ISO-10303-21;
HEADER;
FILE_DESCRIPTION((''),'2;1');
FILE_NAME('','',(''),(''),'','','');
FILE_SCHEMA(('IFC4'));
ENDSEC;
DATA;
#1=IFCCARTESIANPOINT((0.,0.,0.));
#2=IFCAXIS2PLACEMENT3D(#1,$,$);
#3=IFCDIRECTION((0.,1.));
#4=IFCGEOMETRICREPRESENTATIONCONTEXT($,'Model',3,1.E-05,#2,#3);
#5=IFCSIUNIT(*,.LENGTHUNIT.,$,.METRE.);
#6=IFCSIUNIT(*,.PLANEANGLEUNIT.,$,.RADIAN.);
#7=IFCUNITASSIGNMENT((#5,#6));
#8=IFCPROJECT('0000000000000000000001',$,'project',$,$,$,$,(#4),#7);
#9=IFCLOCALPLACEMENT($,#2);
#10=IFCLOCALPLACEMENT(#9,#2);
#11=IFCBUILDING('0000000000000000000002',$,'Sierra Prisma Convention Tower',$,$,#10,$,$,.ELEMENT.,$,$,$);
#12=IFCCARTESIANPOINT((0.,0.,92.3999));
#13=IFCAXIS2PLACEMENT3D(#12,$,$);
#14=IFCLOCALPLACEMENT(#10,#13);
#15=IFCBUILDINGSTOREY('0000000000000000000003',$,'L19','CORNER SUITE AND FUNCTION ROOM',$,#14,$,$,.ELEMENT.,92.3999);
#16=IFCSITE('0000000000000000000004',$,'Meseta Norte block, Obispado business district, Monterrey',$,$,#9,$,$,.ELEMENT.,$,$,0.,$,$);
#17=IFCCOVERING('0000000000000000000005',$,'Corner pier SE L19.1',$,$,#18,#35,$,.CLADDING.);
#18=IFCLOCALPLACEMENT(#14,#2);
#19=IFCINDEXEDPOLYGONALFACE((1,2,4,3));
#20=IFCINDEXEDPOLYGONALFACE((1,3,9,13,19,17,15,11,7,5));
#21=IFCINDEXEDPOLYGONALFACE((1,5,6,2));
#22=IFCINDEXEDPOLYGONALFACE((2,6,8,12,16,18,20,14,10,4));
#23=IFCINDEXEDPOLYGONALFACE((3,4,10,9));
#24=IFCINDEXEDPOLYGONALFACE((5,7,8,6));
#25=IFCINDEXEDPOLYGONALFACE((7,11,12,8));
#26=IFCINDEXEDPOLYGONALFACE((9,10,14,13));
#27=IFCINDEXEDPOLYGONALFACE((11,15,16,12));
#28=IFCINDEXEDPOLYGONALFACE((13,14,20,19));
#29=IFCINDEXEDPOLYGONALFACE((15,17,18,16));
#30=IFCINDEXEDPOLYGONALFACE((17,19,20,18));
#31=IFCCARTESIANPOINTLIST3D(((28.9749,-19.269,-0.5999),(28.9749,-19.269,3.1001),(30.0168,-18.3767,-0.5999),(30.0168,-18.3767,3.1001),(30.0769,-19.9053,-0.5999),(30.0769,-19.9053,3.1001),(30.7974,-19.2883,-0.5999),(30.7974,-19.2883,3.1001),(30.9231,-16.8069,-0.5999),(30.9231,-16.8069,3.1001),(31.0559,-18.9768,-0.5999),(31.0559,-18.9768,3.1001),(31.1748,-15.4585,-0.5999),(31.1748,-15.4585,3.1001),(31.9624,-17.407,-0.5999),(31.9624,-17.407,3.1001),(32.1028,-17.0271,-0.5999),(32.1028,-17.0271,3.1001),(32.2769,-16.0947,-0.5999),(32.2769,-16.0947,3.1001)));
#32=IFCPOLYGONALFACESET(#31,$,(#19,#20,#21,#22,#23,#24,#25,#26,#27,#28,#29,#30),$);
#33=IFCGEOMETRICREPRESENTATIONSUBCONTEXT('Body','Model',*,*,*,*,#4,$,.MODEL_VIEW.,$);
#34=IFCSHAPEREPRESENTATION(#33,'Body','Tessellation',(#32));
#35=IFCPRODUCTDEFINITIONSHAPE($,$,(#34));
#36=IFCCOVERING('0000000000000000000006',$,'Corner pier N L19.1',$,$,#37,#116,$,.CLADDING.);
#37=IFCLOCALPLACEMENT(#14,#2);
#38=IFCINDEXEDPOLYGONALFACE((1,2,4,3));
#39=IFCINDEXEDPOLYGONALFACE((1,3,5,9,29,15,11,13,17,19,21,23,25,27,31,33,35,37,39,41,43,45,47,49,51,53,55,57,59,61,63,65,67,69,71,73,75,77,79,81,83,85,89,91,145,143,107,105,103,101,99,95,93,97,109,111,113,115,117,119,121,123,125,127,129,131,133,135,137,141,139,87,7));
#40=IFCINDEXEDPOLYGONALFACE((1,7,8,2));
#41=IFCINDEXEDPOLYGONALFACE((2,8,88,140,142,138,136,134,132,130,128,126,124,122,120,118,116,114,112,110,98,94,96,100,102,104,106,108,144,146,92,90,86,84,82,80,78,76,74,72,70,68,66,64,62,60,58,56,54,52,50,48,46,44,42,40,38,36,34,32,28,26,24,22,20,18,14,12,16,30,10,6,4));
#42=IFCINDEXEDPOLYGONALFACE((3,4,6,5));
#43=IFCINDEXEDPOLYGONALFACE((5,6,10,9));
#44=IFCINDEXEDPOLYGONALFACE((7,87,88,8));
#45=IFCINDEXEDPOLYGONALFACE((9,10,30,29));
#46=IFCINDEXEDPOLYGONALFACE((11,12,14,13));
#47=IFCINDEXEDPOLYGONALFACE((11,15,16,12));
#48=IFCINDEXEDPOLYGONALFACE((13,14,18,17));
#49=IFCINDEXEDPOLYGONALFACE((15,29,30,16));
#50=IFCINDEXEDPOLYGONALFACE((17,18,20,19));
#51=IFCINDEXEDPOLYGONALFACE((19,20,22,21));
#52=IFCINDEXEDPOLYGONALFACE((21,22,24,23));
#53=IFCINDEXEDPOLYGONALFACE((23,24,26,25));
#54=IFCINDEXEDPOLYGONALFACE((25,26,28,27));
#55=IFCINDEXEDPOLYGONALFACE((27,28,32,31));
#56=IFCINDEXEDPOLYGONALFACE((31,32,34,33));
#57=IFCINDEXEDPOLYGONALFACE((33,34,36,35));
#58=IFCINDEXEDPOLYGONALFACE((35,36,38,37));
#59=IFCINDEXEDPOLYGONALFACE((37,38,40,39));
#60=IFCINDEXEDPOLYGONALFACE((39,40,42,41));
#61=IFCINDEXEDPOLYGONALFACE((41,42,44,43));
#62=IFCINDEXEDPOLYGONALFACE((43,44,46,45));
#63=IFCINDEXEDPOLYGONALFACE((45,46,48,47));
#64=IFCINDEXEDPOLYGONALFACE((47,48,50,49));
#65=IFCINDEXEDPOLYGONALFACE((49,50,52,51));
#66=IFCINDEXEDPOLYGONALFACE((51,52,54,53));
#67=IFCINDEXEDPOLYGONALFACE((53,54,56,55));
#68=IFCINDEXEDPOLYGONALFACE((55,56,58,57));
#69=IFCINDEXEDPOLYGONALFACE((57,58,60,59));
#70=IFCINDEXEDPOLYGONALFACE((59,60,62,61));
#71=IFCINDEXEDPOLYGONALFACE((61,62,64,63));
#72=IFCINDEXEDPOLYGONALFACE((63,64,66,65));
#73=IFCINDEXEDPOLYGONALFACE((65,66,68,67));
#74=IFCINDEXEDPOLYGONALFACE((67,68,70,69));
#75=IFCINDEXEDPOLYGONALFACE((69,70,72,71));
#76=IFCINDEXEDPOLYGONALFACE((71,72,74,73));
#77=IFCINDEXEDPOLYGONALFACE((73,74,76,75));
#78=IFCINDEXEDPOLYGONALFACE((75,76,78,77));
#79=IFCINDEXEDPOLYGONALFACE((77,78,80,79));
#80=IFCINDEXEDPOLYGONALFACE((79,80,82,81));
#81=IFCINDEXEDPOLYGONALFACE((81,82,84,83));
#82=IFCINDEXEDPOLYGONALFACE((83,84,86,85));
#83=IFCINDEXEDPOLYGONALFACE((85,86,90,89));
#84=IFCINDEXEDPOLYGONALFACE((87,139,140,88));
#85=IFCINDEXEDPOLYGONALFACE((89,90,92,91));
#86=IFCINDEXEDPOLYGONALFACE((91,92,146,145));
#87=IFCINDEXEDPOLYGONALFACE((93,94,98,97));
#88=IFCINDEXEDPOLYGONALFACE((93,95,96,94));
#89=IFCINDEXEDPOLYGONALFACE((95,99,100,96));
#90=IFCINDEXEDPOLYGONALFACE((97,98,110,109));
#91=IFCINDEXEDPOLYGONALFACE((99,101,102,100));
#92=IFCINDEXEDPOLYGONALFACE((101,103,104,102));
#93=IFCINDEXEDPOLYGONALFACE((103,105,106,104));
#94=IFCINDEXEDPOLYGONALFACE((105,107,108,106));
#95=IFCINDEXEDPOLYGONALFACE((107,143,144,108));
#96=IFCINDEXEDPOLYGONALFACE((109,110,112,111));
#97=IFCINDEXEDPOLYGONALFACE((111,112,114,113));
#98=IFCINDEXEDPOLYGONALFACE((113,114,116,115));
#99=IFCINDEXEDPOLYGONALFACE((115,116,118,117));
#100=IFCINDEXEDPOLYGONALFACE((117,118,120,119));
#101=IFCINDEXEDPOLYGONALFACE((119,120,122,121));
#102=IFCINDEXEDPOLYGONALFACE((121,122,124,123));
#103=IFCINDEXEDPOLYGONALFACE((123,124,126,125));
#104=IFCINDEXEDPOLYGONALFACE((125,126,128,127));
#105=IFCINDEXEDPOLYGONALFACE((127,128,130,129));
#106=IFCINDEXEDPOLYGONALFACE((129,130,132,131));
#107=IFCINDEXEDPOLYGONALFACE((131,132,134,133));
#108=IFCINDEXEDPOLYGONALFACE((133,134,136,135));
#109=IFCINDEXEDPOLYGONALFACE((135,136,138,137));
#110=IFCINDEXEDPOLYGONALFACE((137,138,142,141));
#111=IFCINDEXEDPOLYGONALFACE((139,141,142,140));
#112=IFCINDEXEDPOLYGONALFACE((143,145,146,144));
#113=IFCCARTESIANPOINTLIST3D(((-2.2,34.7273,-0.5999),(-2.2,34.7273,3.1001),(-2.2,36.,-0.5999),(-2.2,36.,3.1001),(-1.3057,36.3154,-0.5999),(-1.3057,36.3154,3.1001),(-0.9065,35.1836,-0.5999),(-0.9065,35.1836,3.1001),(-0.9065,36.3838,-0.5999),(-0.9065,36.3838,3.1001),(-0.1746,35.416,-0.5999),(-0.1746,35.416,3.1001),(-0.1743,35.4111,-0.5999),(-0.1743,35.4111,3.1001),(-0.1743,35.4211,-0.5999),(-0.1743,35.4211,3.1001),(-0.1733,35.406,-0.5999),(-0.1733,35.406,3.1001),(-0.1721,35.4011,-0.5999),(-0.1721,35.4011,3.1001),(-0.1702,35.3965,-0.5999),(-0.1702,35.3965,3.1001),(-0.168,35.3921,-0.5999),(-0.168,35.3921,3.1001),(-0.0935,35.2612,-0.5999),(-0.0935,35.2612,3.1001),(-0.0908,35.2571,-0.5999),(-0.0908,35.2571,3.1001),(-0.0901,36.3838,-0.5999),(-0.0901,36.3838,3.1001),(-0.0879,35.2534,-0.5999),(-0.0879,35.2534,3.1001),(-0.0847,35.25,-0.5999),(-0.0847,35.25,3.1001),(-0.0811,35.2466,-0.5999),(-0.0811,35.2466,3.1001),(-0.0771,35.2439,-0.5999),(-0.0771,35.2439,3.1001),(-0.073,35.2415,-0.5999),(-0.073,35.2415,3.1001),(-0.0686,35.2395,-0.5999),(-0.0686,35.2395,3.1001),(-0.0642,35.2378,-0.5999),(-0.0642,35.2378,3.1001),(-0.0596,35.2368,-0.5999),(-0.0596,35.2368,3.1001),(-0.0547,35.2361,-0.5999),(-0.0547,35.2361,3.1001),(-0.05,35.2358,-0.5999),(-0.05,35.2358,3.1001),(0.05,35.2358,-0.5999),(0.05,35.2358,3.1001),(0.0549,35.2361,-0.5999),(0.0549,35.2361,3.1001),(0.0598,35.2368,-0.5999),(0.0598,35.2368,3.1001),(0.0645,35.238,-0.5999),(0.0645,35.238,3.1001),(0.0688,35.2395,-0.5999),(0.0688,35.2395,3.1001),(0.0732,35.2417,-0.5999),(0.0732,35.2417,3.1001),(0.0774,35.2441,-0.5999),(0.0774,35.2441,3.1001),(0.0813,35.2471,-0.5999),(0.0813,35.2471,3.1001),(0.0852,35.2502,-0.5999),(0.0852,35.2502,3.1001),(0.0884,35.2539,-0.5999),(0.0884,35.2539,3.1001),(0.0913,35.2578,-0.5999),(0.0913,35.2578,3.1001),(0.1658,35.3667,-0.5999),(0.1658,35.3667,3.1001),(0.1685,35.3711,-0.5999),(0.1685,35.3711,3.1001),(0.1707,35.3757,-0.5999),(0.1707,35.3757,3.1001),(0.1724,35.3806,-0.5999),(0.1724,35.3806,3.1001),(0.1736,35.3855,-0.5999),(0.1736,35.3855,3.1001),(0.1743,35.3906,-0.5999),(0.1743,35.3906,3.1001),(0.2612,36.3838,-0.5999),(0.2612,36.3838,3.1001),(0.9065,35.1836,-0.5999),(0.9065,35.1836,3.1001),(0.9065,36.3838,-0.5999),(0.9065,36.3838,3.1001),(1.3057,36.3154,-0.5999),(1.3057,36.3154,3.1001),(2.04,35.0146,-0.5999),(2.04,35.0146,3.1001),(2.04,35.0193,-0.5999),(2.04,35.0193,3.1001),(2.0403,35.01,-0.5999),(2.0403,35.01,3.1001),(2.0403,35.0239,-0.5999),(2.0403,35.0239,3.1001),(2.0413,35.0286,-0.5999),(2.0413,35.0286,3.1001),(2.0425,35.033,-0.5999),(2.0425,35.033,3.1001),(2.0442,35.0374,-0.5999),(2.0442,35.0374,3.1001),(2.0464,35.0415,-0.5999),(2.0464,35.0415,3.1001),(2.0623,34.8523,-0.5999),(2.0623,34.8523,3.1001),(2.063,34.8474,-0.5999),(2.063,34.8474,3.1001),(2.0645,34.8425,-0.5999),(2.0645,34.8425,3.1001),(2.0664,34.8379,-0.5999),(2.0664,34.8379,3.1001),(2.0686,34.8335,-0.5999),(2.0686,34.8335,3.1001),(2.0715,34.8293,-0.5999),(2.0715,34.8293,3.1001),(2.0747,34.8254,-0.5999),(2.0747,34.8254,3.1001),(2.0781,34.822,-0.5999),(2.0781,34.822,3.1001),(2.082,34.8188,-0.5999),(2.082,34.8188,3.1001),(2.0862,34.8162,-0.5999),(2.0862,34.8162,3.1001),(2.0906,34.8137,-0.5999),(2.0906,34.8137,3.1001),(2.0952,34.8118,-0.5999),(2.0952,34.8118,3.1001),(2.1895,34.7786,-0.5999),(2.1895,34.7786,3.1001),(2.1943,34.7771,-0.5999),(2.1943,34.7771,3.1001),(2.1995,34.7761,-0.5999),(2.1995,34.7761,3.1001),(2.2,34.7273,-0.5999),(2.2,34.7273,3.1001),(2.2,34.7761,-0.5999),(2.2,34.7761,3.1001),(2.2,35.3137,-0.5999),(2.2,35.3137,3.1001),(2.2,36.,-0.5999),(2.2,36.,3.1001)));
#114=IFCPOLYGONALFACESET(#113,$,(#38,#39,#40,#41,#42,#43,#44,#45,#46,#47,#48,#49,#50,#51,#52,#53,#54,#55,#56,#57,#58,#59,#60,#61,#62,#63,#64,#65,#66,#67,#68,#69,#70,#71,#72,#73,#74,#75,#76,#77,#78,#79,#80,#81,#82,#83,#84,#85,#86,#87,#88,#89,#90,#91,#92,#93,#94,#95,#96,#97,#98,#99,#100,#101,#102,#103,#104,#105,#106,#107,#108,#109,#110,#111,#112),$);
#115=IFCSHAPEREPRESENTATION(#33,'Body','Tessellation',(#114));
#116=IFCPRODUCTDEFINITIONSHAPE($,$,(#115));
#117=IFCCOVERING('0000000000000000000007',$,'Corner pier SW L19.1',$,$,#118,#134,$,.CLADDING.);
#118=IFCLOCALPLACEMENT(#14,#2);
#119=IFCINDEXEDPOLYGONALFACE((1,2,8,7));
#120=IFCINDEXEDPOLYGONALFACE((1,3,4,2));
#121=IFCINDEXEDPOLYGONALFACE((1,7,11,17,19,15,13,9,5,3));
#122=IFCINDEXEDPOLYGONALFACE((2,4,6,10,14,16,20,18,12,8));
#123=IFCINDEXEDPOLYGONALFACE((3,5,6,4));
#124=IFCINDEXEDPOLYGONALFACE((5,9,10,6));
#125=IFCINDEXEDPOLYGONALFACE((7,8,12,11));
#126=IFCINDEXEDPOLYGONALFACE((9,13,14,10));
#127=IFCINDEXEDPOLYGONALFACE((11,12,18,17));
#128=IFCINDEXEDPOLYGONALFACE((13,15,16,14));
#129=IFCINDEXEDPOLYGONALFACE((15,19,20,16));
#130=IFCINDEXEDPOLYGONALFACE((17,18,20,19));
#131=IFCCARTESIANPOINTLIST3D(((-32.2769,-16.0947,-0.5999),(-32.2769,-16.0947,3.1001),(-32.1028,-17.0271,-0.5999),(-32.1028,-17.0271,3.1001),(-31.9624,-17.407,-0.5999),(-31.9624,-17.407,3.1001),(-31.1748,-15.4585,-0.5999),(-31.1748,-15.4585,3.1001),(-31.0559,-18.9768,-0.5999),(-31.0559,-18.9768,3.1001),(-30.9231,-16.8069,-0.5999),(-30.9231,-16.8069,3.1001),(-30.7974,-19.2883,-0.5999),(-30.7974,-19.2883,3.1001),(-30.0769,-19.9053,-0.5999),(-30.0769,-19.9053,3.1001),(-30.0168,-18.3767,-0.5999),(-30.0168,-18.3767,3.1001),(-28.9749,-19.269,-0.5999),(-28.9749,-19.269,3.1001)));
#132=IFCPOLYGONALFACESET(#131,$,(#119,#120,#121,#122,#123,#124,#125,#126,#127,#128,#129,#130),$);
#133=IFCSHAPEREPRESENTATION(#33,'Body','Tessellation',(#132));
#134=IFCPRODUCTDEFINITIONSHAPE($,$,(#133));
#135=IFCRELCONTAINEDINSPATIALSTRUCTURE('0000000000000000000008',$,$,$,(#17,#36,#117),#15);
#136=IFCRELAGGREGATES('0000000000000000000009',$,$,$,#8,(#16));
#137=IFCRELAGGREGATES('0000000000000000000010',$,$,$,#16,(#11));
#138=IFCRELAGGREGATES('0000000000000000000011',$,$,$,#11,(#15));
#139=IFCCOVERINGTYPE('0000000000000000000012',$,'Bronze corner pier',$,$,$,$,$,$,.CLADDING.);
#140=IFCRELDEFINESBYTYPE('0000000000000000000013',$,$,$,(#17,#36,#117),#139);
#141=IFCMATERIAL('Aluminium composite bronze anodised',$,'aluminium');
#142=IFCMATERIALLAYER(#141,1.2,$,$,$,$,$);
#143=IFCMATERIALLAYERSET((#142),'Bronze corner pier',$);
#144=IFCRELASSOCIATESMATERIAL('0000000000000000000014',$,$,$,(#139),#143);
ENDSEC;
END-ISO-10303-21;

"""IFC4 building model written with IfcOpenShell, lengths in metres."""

from ifc_helpers import new_model, si_unit, direction, frame, origin, place, context, subcontext, project, spatial, polyline, outline, extrude, material, layer, layer_set, type_object, element, save


model = new_model("IFC4")

# Units and contexts
model_context = context("Model", 3, precision=1e-05, world=origin(), true_north=direction((0.0, 1.0)))
body_context = subcontext(model_context, "Body", "Model", "MODEL_VIEW")
ifc_project = project(units=[si_unit("LENGTHUNIT", "METRE"), si_unit("PLANEANGLEUNIT", "RADIAN")], contexts=[model_context])

# Site, building, storey
site_placement = place(None, origin())
site = spatial("IfcSite", under=ifc_project, at=site_placement, Name="Meseta Norte block, Obispado business district, Monterrey", CompositionType="ELEMENT", RefElevation=0.0)
building_placement = place(site_placement, origin())
building = spatial("IfcBuilding", under=site, at=building_placement, Name="Sierra Prisma Convention Tower", CompositionType="ELEMENT")
storey_placement = place(building_placement, frame((0.0, 0.0, 92.3999)))
storey = spatial("IfcBuildingStorey", under=building, at=storey_placement, Name="L19", Description="CORNER SUITE AND FUNCTION ROOM", CompositionType="ELEMENT", Elevation=92.3999)

# Coverings
ifc_material_1 = material(Name="Aluminium composite bronze anodised", Category="aluminium")
ifc_layer_1 = layer(ifc_material_1, 1.2)
ifc_layer_set_1 = layer_set([ifc_layer_1], Name="Bronze corner pier")
covering_type_1 = type_object("IfcCoveringType", Name="Bronze corner pier", PredefinedType="CLADDING", material=ifc_layer_set_1)
covering_1_placement = place(storey_placement, frame((0.0, 0.0, -0.5999)))
element("IfcCovering", 1, at=covering_1_placement, inside=storey, type_object=covering_type_1, Name="Corner pier SE L19.1", PredefinedType="CLADDING", context=body_context, shape_type="SweptSolid", body=[
    extrude(outline(polyline([(32.2769, -16.0947), (32.1028, -17.0271), (31.9624, -17.407), (31.0559, -18.9768), (30.7974, -19.2883), (30.0769, -19.9053), (28.9749, -19.269), (30.0168, -18.3767), (30.9231, -16.8069), (31.1748, -15.4585), (32.2769, -16.0947)])), origin(), (0.0, 0.0, 1.0), 3.7),
])
covering_2_placement = place(storey_placement, frame((0.0, 0.0, -0.5999)))
element("IfcCovering", 2, at=covering_2_placement, inside=storey, type_object=covering_type_1, Name="Corner pier N L19.1", PredefinedType="CLADDING", context=body_context, shape_type="SweptSolid", body=[
    extrude(outline(polyline([(2.0413, 35.0286), (2.0403, 35.0239), (2.04, 35.0193), (2.04, 35.0146), (2.0403, 35.01), (2.0623, 34.8523), (2.063, 34.8474), (2.0645, 34.8425), (2.0664, 34.8379), (2.0686, 34.8335), (2.0715, 34.8293), (2.0747, 34.8254), (2.0781, 34.822), (2.082, 34.8188), (2.0862, 34.8162), (2.0906, 34.8137), (2.0952, 34.8118), (2.1895, 34.7786), (2.1943, 34.7771), (2.1995, 34.7761), (2.2, 34.7761), (2.2, 34.7273), (0.9065, 35.1836), (-0.9065, 35.1836), (-2.2, 34.7273), (-2.2, 36.0), (-1.3057, 36.3154), (-0.9065, 36.3838), (-0.0901, 36.3838), (-0.1743, 35.4211), (-0.1746, 35.416), (-0.1743, 35.4111), (-0.1733, 35.406), (-0.1721, 35.4011), (-0.1702, 35.3965), (-0.168, 35.3921), (-0.0935, 35.2612), (-0.0908, 35.2571), (-0.0879, 35.2534), (-0.0847, 35.25), (-0.0811, 35.2466), (-0.0771, 35.2439), (-0.073, 35.2415), (-0.0686, 35.2395), (-0.0642, 35.2378), (-0.0596, 35.2368), (-0.0547, 35.2361), (-0.05, 35.2358), (0.05, 35.2358), (0.0549, 35.2361), (0.0598, 35.2368), (0.0645, 35.238), (0.0688, 35.2395), (0.0732, 35.2417), (0.0774, 35.2441), (0.0813, 35.2471), (0.0852, 35.2502), (0.0884, 35.2539), (0.0913, 35.2578), (0.1658, 35.3667), (0.1685, 35.3711), (0.1707, 35.3757), (0.1724, 35.3806), (0.1736, 35.3855), (0.1743, 35.3906), (0.2612, 36.3838), (0.9065, 36.3838), (1.3057, 36.3154), (2.2, 36.0), (2.2, 35.3137), (2.0464, 35.0415), (2.0442, 35.0374), (2.0425, 35.033), (2.0413, 35.0286)])), origin(), (0.0, 0.0, 1.0), 3.7),
])
covering_3_placement = place(storey_placement, frame((0.0, 0.0, -0.5999)))
element("IfcCovering", 3, at=covering_3_placement, inside=storey, type_object=covering_type_1, Name="Corner pier SW L19.1", PredefinedType="CLADDING", context=body_context, shape_type="SweptSolid", body=[
    extrude(outline(polyline([(-30.0769, -19.9053), (-30.7974, -19.2883), (-31.0559, -18.9768), (-31.9624, -17.407), (-32.1028, -17.0271), (-32.2769, -16.0947), (-31.1748, -15.4585), (-30.9231, -16.8069), (-30.0168, -18.3767), (-28.9749, -19.269), (-30.0769, -19.9053)])), origin(), (0.0, 0.0, 1.0), 3.7),
])

save(model, "model.ifc")
